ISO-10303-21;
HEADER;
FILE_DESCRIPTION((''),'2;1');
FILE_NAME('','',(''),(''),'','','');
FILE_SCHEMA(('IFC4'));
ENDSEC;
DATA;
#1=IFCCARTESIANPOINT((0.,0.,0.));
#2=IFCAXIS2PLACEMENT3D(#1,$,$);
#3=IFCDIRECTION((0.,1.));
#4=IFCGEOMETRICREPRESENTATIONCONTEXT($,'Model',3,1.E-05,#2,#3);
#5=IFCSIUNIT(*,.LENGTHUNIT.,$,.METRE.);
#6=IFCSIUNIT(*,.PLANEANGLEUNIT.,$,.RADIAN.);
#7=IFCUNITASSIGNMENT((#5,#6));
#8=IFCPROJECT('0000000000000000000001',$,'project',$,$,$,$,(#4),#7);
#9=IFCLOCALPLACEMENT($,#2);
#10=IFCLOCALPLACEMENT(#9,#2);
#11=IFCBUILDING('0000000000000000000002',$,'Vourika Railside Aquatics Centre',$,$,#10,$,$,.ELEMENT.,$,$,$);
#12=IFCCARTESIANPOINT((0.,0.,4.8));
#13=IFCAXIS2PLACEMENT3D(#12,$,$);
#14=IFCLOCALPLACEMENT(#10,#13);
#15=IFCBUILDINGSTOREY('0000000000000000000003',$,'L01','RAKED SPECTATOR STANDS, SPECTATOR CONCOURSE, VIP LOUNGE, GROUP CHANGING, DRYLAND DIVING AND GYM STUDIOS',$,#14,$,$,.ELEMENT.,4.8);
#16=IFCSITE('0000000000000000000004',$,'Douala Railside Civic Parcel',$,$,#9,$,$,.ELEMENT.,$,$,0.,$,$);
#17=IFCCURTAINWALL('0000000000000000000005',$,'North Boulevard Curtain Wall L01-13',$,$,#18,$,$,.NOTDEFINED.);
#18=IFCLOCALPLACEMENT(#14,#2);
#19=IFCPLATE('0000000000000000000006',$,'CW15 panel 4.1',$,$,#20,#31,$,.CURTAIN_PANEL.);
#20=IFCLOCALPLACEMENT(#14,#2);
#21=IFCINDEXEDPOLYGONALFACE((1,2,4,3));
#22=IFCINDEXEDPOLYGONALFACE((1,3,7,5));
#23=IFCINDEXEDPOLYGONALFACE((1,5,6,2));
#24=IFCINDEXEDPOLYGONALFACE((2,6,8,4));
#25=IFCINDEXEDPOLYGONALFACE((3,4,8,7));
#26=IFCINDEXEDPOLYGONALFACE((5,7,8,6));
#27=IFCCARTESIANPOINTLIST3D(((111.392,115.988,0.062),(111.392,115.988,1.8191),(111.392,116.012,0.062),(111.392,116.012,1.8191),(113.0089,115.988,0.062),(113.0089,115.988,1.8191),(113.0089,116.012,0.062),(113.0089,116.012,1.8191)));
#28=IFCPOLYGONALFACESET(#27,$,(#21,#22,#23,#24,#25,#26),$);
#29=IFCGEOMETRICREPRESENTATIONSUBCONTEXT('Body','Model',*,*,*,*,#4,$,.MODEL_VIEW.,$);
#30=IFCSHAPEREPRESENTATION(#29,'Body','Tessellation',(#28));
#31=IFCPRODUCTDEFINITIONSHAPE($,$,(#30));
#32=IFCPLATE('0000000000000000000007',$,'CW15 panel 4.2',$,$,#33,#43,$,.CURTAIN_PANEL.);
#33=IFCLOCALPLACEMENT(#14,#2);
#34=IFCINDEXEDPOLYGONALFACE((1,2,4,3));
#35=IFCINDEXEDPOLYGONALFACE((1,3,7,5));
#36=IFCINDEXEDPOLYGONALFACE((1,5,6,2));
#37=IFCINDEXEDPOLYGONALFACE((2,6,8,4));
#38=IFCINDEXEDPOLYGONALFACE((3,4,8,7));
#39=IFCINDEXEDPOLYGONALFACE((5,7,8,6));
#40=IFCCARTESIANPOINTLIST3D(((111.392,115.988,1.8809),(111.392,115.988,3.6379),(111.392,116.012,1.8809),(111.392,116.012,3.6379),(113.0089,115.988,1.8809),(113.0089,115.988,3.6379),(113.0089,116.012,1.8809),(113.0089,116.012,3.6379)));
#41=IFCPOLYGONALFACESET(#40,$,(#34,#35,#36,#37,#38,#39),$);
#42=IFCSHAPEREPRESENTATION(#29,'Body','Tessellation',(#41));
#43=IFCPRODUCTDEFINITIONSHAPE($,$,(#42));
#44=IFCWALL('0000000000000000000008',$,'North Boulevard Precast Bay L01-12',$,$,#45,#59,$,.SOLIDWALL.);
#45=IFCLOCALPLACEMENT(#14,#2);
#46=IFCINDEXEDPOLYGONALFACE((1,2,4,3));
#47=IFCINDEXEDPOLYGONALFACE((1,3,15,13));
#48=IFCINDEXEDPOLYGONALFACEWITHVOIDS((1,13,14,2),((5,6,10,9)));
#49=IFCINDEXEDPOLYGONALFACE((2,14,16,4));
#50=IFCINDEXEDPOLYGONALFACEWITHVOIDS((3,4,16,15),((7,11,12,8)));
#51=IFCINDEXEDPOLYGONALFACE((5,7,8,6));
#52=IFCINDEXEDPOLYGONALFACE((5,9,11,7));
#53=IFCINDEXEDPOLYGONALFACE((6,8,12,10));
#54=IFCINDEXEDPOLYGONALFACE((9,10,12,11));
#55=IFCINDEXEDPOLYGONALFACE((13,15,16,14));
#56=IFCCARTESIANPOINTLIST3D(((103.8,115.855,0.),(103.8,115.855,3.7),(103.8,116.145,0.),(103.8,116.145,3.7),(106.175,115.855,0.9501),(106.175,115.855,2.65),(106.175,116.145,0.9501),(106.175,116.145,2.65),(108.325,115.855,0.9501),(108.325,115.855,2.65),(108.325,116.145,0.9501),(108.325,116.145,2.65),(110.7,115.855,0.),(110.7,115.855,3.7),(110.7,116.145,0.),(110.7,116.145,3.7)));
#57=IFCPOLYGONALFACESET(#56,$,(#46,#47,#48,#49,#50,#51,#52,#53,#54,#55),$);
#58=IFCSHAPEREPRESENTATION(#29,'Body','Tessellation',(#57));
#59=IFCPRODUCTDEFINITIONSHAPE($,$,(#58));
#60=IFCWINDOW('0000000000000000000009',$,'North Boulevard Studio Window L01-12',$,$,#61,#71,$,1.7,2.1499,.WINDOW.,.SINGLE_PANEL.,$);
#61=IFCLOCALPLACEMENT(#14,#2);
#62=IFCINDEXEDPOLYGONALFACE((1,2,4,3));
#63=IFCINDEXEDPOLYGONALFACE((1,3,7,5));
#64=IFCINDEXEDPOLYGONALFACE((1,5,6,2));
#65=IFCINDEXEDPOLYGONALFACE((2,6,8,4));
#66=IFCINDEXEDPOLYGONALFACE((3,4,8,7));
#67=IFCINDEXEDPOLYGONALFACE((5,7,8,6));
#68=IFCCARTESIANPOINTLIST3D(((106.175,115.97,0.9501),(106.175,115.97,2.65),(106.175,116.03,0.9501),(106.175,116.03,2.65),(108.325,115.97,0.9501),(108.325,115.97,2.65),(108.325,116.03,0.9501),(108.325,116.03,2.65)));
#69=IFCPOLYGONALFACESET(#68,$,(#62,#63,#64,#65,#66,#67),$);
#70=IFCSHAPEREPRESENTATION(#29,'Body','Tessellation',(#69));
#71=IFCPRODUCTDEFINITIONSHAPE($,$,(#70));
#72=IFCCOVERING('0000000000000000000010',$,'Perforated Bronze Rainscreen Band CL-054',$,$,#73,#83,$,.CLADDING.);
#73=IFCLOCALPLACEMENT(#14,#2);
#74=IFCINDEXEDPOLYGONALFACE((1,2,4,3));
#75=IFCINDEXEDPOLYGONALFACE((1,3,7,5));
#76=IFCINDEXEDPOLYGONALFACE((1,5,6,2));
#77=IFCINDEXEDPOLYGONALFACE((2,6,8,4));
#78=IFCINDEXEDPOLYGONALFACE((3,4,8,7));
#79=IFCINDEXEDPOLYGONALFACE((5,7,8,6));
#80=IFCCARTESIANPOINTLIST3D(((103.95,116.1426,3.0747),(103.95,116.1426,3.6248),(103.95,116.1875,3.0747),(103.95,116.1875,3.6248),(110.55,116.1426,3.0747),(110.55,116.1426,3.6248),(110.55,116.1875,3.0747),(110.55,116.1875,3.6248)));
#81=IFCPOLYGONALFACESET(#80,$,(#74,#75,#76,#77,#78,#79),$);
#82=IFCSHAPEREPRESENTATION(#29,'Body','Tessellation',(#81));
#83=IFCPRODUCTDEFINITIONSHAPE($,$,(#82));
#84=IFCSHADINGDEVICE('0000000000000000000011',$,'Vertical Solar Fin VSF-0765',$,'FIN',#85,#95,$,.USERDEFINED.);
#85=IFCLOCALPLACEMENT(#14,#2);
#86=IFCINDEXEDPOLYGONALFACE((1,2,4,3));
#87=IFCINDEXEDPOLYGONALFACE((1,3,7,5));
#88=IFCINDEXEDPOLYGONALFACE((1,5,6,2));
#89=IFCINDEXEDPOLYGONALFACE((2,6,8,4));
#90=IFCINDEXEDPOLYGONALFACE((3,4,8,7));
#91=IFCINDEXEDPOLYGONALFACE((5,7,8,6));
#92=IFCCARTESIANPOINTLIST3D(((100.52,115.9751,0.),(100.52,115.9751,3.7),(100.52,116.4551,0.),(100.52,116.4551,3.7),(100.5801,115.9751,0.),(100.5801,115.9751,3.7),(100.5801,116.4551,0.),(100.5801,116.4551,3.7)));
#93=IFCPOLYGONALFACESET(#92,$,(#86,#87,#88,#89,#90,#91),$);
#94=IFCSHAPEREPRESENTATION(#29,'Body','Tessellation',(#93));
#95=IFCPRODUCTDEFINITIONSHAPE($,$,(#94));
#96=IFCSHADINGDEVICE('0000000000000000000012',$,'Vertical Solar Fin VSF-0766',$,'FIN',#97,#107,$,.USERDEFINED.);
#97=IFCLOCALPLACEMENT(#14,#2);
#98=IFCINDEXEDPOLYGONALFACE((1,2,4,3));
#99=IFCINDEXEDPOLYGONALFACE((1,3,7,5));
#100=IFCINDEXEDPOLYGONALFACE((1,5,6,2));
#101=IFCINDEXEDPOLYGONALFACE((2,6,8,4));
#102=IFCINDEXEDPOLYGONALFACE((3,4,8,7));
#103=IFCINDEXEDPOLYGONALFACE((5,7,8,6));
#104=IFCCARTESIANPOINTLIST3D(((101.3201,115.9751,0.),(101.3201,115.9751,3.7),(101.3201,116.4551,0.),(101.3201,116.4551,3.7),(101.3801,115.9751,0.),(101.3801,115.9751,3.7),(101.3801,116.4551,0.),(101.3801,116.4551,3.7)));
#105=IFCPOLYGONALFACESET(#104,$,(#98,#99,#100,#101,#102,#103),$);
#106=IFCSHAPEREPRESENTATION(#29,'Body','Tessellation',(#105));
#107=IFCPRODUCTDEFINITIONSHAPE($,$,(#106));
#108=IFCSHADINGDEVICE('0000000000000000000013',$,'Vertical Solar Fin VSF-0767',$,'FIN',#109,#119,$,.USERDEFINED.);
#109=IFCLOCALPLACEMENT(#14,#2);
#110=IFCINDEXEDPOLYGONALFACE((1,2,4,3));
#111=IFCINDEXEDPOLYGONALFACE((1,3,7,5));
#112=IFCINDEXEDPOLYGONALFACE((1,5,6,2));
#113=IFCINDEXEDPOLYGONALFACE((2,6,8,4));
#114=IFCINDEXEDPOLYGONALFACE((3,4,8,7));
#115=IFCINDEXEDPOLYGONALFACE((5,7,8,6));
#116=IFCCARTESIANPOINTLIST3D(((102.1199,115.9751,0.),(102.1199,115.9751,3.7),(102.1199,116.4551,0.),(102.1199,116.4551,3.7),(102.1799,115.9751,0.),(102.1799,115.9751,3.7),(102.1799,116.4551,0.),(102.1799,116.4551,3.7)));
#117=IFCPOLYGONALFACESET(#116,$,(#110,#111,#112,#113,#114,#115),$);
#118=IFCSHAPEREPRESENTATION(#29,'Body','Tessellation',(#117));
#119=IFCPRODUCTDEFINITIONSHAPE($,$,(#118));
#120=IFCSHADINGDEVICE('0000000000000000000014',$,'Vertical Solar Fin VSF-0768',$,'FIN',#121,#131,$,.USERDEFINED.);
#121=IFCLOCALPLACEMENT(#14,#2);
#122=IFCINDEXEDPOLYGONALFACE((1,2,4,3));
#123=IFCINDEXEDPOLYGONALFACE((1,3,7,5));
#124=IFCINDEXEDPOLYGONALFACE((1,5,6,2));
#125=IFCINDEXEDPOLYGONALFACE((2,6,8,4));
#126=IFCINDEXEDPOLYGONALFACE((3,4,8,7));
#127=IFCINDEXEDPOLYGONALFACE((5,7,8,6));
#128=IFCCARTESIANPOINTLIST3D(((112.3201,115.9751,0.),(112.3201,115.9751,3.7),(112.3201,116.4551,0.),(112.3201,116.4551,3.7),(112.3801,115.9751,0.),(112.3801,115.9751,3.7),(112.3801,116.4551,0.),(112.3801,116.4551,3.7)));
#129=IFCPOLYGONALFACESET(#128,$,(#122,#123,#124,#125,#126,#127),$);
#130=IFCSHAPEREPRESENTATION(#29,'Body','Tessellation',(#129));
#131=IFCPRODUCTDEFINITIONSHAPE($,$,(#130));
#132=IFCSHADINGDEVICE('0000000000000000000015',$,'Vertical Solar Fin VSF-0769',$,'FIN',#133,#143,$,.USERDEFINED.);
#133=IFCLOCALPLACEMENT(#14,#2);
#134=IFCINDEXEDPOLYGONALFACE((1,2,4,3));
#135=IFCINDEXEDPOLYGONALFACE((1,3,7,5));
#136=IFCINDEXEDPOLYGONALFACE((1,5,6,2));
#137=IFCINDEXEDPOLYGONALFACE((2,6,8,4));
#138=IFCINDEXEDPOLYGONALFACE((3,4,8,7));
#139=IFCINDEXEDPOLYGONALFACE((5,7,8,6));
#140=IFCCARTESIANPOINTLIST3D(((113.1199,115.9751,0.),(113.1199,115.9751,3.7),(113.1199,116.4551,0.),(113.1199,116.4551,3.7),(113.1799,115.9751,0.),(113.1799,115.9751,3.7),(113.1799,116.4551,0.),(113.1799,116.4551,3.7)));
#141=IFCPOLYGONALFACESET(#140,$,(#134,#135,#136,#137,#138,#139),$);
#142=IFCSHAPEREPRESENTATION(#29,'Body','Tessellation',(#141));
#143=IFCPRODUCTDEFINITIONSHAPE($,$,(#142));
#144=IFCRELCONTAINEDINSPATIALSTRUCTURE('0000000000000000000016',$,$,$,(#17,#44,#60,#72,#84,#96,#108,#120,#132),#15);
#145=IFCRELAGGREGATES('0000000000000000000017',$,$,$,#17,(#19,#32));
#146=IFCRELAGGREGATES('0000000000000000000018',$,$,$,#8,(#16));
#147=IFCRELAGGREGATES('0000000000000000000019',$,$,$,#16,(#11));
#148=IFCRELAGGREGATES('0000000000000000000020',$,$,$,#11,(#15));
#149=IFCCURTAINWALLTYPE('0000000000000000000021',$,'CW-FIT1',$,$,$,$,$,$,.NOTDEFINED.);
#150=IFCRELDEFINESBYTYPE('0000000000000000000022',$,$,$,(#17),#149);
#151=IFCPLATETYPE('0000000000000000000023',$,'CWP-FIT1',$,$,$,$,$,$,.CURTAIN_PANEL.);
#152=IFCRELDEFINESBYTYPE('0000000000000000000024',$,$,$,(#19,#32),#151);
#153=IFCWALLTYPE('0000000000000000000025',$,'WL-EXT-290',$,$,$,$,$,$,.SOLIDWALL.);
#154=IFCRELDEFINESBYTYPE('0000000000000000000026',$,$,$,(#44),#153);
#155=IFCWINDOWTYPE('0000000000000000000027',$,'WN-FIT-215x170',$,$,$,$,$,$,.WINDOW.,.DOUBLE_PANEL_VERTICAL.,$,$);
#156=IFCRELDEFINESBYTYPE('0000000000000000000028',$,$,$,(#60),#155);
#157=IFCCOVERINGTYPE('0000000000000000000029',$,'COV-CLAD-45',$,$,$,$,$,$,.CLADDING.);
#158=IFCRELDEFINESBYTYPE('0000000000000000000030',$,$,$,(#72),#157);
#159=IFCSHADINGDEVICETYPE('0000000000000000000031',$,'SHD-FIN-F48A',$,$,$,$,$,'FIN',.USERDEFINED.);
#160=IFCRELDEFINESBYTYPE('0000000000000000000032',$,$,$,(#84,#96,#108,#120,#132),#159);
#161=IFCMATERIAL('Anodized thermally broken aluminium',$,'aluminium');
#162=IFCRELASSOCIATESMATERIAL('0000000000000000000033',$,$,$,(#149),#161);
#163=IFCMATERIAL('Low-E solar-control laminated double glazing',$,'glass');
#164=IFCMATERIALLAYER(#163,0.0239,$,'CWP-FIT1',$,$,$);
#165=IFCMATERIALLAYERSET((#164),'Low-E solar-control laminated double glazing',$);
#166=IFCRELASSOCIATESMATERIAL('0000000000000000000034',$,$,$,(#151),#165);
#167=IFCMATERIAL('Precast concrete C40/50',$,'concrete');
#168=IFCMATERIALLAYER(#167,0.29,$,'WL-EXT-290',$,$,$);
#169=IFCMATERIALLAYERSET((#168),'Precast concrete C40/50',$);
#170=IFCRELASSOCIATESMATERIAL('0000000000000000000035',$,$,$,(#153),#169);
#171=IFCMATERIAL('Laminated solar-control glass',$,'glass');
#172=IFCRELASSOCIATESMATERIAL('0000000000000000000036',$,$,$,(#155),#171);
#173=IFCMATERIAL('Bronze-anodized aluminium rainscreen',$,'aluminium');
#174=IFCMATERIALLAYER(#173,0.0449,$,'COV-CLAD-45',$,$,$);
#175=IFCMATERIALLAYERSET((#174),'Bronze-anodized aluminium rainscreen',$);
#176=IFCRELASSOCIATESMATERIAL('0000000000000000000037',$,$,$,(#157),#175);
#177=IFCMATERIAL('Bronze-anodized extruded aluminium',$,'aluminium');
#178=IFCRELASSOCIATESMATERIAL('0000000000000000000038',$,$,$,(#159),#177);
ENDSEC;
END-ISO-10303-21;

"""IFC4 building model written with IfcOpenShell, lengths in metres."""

from ifc_helpers import new_model, si_unit, direction, frame, frame_2d, origin, origin_2d, place, context, subcontext, project, spatial, rectangle, extrude, material, layer, layer_set, material_profile, profile_set, type_object, element, fill, aggregate, save


model = new_model("IFC4")

# Units and contexts
model_context = context("Model", 3, precision=1e-05, world=origin(), true_north=direction((0.0, 1.0)))
body_context = subcontext(model_context, "Body", "Model", "MODEL_VIEW")
ifc_project = project(units=[si_unit("LENGTHUNIT", "METRE"), si_unit("PLANEANGLEUNIT", "RADIAN")], contexts=[model_context])

# Site, building, storey
site_placement = place(None, origin())
site = spatial("IfcSite", under=ifc_project, at=site_placement, Name="Douala Railside Civic Parcel", CompositionType="ELEMENT", RefElevation=0.0)
building_placement = place(site_placement, origin())
building = spatial("IfcBuilding", under=site, at=building_placement, Name="Vourika Railside Aquatics Centre", CompositionType="ELEMENT")
storey_placement = place(building_placement, frame((0.0, 0.0, 4.8)))
storey = spatial("IfcBuildingStorey", under=building, at=storey_placement, Name="L01", Description="RAKED SPECTATOR STANDS, SPECTATOR CONCOURSE, VIP LOUNGE, GROUP CHANGING, DRYLAND DIVING AND GYM STUDIOS", CompositionType="ELEMENT", Elevation=4.8)

# Shared definitions
ifc_material_1 = material(Name="Anodized thermally broken aluminium", Category="aluminium")
curtain_wall_type = type_object("IfcCurtainWallType", Name="CW-FIT1", PredefinedType="NOTDEFINED", material=ifc_material_1)

# Curtain wall
curtain_wall_1_placement = place(storey_placement, origin())
curtain_wall_1 = element("IfcCurtainWall", 1, at=curtain_wall_1_placement, inside=storey, type_object=curtain_wall_type, Name="North Boulevard Curtain Wall L01-13", PredefinedType="NOTDEFINED")

# Plates
ifc_material_2 = material(Name="Low-E solar-control laminated double glazing", Category="glass")
ifc_layer_1 = layer(ifc_material_2, 0.0239, Name="CWP-FIT1")
ifc_layer_set_1 = layer_set([ifc_layer_1], Name="Low-E solar-control laminated double glazing")
plate_type = type_object("IfcPlateType", Name="CWP-FIT1", PredefinedType="CURTAIN_PANEL", material=ifc_layer_set_1)
plate_1_placement = place(storey_placement, frame((112.2004, 116.0, 0.062), z_axis=(0.0, 0.0, 1.0), x_axis=(-1.0, 0.0, 0.0)))
plate_1 = element("IfcPlate", 2, at=plate_1_placement, type_object=plate_type, Name="CW15 panel 4.1", PredefinedType="CURTAIN_PANEL", context=body_context, shape_type="SweptSolid", body=[
    extrude(rectangle(XDim=1.6169, YDim=0.0239, at=origin_2d()), origin(), (0.0, 0.0, 1.0), 1.7571),
])
plate_2_placement = place(storey_placement, frame((112.2004, 116.0, 1.8809), z_axis=(0.0, 0.0, 1.0), x_axis=(-1.0, 0.0, 0.0)))
plate_2 = element("IfcPlate", 3, at=plate_2_placement, type_object=plate_type, Name="CW15 panel 4.2", PredefinedType="CURTAIN_PANEL", context=body_context, shape_type="SweptSolid", body=[
    extrude(rectangle(XDim=1.6169, YDim=0.0239, at=origin_2d()), origin(), (0.0, 0.0, 1.0), 1.7571),
])
aggregate(curtain_wall_1, [plate_1, plate_2])

# Wall, opening, window
ifc_material_3 = material(Name="Precast concrete C40/50", Category="concrete")
ifc_layer_2 = layer(ifc_material_3, 0.29, Name="WL-EXT-290")
ifc_layer_set_2 = layer_set([ifc_layer_2], Name="Precast concrete C40/50")
wall_type = type_object("IfcWallType", Name="WL-EXT-290", PredefinedType="SOLIDWALL", material=ifc_layer_set_2)
wall_placement = place(storey_placement, frame((110.7, 116.0, 0.0), z_axis=(0.0, 0.0, 1.0), x_axis=(-1.0, 0.0, 0.0)))
wall = element("IfcWall", 4, at=wall_placement, inside=storey, type_object=wall_type, Name="North Boulevard Precast Bay L01-12", PredefinedType="SOLIDWALL", context=body_context, shape_type="SweptSolid", body=[
    extrude(rectangle(XDim=6.8999, YDim=0.29, at=frame_2d((3.45, 0.0))), origin(), (0.0, 0.0, 1.0), 3.7),
])
opening_placement = place(wall_placement, frame((2.375, 0.0, 0.95)))
opening = element("IfcOpeningElement", 5, at=opening_placement, cuts=wall, PredefinedType="OPENING", context=body_context, shape_type="SweptSolid", body=[
    extrude(rectangle(XDim=2.1499, YDim=1.7, at=frame_2d((1.075, 0.8501))), frame((0.0, 0.155, 0.0), z_axis=(0.0, -1.0, 0.0), x_axis=(1.0, 0.0, 0.0)), (0.0, 0.0, 1.0), 0.3101),
])
ifc_material_4 = material(Name="Laminated solar-control glass", Category="glass")
window_type = type_object("IfcWindowType", Name="WN-FIT-215x170", PartitioningType="DOUBLE_PANEL_VERTICAL", PredefinedType="WINDOW", material=ifc_material_4)
window_placement = place(opening_placement, origin())
window = element("IfcWindow", 6, at=window_placement, inside=storey, type_object=window_type, Name="North Boulevard Studio Window L01-12", OverallHeight=1.7, OverallWidth=2.1499, PartitioningType="SINGLE_PANEL", PredefinedType="WINDOW", context=body_context, shape_type="SweptSolid", body=[
    extrude(rectangle(XDim=2.1499, YDim=1.7, at=frame_2d((1.075, 0.8501))), frame((0.0, 0.03, 0.0), z_axis=(0.0, -1.0, 0.0), x_axis=(1.0, 0.0, 0.0)), (0.0, 0.0, 1.0), 0.0601),
])
fill(opening, window)

# Covering
ifc_material_5 = material(Name="Bronze-anodized aluminium rainscreen", Category="aluminium")
ifc_layer_3 = layer(ifc_material_5, 0.0449, Name="COV-CLAD-45")
ifc_layer_set_3 = layer_set([ifc_layer_3], Name="Bronze-anodized aluminium rainscreen")
covering_type = type_object("IfcCoveringType", Name="COV-CLAD-45", PredefinedType="CLADDING", material=ifc_layer_set_3)
covering_placement = place(storey_placement, frame((107.25, 116.165, 3.0747), z_axis=(0.0, 0.0, 1.0), x_axis=(-1.0, 0.0, 0.0)))
element("IfcCovering", 7, at=covering_placement, inside=storey, type_object=covering_type, Name="Perforated Bronze Rainscreen Band CL-054", PredefinedType="CLADDING", context=body_context, shape_type="SweptSolid", body=[
    extrude(rectangle(XDim=6.6001, YDim=0.0449, at=origin_2d()), origin(), (0.0, 0.0, 1.0), 0.55),
])

# Shading devices
ifc_material_6 = material(Name="Bronze-anodized extruded aluminium", Category="aluminium")
ifc_material_profile_1 = material_profile(ifc_material_6, rectangle(XDim=0.0601, YDim=0.48, at=origin_2d()), Name="ALU-FIN 60x480")
ifc_profile_set_1 = profile_set([ifc_material_profile_1], Name="Bronze-anodized extruded aluminium")
shading_device_type = type_object("IfcShadingDeviceType", Name="SHD-FIN-F48A", ElementType="FIN", PredefinedType="USERDEFINED", material=ifc_profile_set_1)
for number, where, z_axis, x_axis, name in (
    (8, (100.55, 116.2151, 0.0), (0.0, 0.0, 1.0), (1.0, 0.0, 0.0), "Vertical Solar Fin VSF-0765"),
    (9, (101.3501, 116.2151, 0.0), (0.0, 0.0, 1.0), (1.0, 0.0, 0.0), "Vertical Solar Fin VSF-0766"),
    (10, (102.1499, 116.2151, 0.0), (0.0, 0.0, 1.0), (1.0, 0.0, 0.0), "Vertical Solar Fin VSF-0767"),
    (11, (112.3501, 116.2151, 0.0), (0.0, 0.0, 1.0), (1.0, 0.0, 0.0), "Vertical Solar Fin VSF-0768"),
    (12, (113.1499, 116.2151, 0.0), (0.0, 0.0, 1.0), (1.0, 0.0, 0.0), "Vertical Solar Fin VSF-0769"),
):
    element("IfcShadingDevice", number, at=place(storey_placement, frame(where, z_axis=z_axis, x_axis=x_axis)), inside=storey, type_object=shading_device_type, Name=name, ObjectType="FIN", PredefinedType="USERDEFINED", context=body_context, shape_type="SweptSolid", body=[
        extrude(rectangle(XDim=0.0601, YDim=0.48, at=origin_2d()), origin(), (0.0, 0.0, 1.0), 3.7),
    ])

save(model, "model.ifc")
